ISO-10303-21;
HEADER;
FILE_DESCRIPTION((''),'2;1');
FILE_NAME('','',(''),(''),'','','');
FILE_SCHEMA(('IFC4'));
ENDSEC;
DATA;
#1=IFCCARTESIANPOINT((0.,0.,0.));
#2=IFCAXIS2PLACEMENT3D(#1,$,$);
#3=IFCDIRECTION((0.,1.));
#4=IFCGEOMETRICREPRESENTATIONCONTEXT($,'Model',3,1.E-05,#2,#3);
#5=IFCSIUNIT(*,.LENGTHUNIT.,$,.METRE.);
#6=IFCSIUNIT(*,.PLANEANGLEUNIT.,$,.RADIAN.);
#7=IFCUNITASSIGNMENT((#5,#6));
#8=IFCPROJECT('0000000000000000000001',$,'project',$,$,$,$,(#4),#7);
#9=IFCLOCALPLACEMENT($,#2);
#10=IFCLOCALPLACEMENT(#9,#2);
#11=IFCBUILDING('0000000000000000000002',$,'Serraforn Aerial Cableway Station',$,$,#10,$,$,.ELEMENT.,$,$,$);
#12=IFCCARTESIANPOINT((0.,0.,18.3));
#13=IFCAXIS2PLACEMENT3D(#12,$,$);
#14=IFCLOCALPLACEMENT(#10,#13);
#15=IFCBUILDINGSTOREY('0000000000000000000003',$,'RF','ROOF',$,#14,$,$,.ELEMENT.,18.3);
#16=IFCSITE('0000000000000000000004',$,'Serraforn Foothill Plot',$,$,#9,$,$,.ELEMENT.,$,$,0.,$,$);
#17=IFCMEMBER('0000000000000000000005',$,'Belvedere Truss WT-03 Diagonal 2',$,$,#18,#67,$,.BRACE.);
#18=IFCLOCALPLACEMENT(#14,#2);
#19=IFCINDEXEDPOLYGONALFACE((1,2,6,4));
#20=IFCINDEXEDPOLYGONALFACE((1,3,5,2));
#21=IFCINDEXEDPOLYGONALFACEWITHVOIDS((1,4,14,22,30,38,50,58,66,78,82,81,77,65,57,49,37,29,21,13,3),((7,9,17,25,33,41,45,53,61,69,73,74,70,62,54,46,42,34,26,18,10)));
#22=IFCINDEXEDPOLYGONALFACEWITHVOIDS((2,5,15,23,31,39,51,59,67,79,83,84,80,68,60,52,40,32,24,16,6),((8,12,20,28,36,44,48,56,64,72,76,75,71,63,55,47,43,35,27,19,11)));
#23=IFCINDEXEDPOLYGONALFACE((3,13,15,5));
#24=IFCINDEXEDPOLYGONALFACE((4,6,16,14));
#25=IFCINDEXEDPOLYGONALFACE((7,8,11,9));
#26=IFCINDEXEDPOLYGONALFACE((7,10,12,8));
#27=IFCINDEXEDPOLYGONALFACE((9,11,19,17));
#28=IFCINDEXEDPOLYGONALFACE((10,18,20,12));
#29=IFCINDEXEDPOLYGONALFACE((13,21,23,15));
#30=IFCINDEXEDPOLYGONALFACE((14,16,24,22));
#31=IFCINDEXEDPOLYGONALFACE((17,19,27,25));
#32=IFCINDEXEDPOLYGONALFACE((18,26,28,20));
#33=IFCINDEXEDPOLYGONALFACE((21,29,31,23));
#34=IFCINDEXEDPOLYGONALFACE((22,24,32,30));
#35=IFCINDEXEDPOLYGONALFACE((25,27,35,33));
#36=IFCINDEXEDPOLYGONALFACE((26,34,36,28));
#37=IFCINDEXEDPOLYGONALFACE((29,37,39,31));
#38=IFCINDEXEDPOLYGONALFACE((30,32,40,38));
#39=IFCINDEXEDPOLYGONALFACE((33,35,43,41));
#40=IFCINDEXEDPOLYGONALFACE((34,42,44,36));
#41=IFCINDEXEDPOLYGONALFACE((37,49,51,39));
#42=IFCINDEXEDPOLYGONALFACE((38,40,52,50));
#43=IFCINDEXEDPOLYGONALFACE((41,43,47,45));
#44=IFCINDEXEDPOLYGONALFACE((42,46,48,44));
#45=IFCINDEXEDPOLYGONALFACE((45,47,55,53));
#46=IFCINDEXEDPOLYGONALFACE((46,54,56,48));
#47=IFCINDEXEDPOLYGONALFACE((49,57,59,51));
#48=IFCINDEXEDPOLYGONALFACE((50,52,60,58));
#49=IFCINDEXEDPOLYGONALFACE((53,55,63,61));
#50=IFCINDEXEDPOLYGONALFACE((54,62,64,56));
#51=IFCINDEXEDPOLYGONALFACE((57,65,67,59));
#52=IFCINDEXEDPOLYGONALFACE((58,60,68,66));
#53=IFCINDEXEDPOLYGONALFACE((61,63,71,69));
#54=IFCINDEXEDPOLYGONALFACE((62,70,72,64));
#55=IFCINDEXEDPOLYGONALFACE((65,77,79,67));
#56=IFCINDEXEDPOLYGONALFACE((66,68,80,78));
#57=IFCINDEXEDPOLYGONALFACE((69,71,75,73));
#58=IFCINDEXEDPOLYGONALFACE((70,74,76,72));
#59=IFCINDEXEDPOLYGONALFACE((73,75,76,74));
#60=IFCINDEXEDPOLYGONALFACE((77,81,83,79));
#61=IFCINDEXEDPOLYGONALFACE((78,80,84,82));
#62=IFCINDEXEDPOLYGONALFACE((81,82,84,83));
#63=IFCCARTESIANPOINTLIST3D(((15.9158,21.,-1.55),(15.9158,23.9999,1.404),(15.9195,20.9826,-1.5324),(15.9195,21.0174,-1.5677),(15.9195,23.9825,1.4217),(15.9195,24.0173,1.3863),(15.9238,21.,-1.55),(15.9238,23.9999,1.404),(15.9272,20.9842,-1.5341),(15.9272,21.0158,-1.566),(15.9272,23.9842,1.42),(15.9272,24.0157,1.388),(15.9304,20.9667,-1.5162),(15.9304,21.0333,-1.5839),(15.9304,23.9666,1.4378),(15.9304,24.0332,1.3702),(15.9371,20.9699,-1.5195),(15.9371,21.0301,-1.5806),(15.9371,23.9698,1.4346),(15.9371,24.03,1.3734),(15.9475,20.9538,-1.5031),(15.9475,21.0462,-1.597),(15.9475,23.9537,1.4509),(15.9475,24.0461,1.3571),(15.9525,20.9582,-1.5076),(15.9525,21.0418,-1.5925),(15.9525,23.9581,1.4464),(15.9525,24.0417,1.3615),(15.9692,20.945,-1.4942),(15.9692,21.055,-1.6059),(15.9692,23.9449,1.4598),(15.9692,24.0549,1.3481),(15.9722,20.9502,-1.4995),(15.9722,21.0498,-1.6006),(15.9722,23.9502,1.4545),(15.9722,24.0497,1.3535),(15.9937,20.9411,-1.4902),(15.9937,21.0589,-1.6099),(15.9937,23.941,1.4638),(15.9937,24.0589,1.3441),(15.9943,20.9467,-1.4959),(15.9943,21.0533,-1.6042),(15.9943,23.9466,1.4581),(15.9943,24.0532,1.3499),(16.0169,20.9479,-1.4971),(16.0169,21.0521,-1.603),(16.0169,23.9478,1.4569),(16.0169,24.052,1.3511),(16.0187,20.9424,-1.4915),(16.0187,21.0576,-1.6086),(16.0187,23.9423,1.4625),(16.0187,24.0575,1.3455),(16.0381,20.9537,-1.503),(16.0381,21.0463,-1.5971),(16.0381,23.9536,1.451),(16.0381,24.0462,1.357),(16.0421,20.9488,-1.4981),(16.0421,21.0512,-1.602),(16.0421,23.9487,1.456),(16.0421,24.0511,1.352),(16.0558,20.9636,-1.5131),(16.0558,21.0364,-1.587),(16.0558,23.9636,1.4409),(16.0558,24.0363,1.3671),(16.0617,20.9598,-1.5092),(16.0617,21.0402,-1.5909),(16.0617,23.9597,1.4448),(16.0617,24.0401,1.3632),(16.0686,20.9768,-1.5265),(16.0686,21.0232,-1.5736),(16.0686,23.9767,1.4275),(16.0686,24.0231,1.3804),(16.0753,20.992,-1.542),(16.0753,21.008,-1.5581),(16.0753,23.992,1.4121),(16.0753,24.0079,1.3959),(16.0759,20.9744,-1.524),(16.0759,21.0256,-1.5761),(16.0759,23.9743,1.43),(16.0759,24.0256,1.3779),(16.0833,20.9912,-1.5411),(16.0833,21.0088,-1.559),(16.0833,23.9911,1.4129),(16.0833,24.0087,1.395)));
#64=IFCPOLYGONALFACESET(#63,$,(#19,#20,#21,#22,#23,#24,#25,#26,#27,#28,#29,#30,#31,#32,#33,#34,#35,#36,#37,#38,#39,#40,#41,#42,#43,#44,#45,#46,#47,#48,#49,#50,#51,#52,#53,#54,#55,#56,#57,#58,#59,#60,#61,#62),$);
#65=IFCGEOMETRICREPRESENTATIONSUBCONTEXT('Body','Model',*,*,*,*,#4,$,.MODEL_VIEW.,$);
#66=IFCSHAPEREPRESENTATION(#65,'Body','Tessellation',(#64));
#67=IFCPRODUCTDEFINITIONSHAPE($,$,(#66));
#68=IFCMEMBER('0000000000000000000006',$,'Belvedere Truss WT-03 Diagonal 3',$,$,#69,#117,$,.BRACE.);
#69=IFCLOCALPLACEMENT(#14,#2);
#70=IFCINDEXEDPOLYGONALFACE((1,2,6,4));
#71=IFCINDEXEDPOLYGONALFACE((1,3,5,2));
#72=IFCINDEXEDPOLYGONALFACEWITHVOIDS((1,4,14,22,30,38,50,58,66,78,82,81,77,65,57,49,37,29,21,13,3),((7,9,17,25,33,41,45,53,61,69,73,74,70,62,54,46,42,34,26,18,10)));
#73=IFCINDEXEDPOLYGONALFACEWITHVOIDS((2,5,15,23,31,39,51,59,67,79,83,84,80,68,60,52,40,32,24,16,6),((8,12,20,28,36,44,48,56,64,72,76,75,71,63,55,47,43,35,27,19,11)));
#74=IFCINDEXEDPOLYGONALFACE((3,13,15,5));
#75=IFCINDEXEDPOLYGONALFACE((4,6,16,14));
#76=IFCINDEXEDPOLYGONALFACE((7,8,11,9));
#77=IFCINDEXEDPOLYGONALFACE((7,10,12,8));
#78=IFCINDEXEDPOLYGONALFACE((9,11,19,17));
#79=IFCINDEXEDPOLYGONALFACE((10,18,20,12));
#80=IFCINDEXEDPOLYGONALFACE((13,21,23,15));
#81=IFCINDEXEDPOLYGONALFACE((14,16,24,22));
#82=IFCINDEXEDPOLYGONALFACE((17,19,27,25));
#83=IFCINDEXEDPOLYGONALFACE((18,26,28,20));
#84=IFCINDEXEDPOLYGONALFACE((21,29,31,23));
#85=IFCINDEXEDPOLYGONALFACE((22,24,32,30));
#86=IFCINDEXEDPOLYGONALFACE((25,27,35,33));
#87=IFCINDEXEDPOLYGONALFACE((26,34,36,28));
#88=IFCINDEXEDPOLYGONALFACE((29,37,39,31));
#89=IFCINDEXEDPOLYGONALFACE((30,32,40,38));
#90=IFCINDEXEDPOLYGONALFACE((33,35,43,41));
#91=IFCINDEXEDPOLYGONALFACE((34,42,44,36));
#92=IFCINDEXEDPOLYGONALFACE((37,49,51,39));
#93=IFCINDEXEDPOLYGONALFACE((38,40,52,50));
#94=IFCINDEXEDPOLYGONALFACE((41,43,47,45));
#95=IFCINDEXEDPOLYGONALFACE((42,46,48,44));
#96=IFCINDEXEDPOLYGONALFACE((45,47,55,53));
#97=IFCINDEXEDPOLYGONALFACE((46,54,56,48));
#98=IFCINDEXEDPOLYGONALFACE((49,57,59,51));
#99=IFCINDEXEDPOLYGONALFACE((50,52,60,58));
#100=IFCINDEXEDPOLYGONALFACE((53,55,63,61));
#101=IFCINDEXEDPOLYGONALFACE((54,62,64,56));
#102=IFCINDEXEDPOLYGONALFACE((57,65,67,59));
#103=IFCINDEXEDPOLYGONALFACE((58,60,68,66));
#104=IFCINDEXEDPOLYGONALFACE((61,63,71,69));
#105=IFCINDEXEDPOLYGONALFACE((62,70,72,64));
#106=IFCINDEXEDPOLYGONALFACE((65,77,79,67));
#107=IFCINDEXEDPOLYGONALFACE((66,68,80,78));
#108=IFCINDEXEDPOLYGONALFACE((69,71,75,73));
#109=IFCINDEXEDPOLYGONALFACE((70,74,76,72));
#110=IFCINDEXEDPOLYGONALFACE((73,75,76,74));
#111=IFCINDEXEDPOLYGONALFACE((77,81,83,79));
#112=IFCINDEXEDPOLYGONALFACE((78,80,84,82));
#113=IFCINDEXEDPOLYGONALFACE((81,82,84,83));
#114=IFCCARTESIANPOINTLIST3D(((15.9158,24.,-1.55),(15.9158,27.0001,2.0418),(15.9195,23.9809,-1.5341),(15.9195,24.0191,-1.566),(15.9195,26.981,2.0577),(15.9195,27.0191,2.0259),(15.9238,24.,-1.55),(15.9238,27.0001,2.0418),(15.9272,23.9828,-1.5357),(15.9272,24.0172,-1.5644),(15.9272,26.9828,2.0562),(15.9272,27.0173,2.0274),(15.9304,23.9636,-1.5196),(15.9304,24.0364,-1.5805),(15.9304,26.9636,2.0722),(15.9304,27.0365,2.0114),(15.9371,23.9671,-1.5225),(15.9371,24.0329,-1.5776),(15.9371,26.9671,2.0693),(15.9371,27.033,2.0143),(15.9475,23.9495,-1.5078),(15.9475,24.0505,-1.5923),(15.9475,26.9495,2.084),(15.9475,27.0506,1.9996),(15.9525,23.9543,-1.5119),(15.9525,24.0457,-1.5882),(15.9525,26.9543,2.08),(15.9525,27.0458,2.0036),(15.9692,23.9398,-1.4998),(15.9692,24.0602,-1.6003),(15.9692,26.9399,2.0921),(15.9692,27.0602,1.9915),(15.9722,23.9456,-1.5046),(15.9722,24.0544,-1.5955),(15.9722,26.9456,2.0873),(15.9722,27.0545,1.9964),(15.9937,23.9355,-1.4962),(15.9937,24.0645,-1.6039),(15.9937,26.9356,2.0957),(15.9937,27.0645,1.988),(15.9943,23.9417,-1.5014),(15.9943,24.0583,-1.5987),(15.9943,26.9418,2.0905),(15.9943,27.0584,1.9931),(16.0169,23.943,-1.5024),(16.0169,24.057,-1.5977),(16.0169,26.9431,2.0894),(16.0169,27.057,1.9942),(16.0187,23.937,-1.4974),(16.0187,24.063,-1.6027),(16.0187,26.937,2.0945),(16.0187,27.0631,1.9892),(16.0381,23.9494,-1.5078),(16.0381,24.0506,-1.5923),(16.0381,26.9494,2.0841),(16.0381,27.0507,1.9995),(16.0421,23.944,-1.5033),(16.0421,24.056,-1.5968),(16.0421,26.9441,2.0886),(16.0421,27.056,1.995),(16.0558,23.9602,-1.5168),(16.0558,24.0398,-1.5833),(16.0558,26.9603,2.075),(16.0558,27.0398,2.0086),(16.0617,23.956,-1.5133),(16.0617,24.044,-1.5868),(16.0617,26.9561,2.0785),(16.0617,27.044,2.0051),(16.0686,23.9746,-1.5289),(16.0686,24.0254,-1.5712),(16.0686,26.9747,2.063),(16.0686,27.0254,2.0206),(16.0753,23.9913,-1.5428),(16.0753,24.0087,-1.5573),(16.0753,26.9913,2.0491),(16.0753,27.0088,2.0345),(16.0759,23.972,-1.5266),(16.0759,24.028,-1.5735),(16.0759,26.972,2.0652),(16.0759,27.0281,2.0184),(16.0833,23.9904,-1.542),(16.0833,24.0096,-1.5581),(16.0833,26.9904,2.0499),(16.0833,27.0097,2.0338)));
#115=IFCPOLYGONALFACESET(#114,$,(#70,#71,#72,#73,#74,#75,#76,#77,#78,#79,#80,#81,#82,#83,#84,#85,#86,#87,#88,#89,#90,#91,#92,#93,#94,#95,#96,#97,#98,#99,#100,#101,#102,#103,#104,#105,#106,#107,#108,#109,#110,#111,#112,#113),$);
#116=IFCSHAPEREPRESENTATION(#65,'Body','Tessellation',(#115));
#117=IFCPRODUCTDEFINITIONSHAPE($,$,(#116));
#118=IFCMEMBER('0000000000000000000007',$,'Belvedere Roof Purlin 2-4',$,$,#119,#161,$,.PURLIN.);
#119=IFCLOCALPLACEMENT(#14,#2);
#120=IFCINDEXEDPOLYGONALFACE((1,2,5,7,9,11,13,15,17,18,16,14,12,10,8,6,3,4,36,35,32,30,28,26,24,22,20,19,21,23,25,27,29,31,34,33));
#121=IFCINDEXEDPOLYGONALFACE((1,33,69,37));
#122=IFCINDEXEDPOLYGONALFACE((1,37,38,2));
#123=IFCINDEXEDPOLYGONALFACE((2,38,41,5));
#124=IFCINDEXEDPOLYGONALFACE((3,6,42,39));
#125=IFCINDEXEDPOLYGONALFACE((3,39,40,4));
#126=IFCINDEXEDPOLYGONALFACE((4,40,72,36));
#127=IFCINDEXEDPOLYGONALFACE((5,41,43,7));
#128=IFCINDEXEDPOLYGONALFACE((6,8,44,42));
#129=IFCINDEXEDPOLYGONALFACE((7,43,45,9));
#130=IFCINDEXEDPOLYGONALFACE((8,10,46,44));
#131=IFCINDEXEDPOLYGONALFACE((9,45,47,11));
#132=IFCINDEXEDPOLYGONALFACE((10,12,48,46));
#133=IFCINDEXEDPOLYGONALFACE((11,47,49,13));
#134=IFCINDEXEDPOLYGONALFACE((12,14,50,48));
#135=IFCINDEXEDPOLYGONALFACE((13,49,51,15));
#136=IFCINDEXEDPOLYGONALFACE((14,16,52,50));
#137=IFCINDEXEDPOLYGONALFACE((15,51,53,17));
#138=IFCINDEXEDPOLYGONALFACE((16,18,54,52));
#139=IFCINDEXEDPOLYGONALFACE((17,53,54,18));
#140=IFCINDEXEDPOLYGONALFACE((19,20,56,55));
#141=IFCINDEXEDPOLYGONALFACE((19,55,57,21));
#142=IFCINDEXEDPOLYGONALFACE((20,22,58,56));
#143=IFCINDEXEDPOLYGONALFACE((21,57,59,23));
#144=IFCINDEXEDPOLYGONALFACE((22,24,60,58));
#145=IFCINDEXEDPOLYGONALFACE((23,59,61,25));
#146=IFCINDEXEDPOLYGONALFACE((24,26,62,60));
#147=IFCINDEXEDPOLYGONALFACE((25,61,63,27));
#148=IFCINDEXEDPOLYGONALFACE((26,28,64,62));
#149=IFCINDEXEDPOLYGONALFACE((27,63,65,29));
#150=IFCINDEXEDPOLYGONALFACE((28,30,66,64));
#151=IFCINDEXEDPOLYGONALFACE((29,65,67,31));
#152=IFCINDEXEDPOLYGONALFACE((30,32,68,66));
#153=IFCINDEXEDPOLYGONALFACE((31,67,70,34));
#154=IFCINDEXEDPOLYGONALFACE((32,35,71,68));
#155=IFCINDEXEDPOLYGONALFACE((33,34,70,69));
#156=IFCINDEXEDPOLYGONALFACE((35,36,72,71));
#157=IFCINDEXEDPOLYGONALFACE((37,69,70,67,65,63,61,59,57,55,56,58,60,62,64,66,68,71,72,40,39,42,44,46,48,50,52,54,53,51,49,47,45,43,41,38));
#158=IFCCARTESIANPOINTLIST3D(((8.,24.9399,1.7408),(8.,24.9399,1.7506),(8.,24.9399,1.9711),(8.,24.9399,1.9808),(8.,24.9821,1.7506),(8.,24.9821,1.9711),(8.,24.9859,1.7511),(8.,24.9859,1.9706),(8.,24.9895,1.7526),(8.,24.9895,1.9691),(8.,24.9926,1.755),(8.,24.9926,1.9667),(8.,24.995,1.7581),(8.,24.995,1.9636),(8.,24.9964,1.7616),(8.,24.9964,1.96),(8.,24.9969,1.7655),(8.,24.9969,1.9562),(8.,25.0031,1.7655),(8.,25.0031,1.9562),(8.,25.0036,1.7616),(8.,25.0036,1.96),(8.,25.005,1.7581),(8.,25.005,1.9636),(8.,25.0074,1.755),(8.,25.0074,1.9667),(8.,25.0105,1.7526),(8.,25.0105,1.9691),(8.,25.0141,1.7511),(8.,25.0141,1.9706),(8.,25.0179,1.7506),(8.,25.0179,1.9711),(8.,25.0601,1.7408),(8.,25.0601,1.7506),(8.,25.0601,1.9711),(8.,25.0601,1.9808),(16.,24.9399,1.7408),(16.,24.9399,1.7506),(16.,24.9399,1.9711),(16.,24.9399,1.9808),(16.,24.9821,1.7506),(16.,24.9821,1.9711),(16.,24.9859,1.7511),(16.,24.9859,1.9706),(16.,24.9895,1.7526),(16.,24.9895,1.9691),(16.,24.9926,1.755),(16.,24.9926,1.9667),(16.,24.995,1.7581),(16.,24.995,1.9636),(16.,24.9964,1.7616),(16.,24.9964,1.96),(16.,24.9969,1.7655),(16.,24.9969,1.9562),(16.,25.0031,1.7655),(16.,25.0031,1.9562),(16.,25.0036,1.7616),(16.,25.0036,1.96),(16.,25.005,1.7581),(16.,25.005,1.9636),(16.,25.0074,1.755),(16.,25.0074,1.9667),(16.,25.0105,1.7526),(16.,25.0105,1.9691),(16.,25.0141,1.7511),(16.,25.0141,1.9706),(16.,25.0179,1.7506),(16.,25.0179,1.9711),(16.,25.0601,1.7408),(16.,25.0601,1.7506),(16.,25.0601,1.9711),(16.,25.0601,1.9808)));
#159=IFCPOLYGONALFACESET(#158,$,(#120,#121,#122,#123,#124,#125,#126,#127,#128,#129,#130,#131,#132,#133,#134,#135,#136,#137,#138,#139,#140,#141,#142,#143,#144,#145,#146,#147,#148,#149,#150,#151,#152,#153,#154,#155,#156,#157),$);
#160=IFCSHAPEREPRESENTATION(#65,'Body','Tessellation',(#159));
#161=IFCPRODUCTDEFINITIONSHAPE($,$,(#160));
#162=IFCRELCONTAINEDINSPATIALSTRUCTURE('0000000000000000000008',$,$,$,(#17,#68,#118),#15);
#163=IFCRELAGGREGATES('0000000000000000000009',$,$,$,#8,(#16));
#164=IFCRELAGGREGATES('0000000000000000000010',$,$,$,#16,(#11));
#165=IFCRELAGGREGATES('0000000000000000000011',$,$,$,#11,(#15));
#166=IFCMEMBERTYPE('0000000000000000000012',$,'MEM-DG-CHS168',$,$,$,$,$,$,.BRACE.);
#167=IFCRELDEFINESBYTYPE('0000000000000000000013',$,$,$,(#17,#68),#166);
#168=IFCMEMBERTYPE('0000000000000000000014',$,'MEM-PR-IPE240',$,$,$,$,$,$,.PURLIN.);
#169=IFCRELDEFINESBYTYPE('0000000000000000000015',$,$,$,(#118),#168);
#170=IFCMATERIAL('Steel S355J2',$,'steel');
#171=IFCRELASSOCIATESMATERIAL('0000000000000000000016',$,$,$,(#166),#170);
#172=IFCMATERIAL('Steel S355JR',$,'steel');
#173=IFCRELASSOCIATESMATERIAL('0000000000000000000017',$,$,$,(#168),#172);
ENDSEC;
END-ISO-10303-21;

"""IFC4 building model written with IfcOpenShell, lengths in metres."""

from ifc_helpers import new_model, si_unit, direction, frame, origin, origin_2d, place, context, subcontext, project, spatial, hollow_circle, i_section, extrude, material, material_profile, profile_set, type_object, element, save


model = new_model("IFC4")

# Units and contexts
model_context = context("Model", 3, precision=1e-05, world=origin(), true_north=direction((0.0, 1.0)))
body_context = subcontext(model_context, "Body", "Model", "MODEL_VIEW")
ifc_project = project(units=[si_unit("LENGTHUNIT", "METRE"), si_unit("PLANEANGLEUNIT", "RADIAN")], contexts=[model_context])

# Site, building, storey
site_placement = place(None, origin())
site = spatial("IfcSite", under=ifc_project, at=site_placement, Name="Serraforn Foothill Plot", CompositionType="ELEMENT", RefElevation=0.0)
building_placement = place(site_placement, origin())
building = spatial("IfcBuilding", under=site, at=building_placement, Name="Serraforn Aerial Cableway Station", CompositionType="ELEMENT")
storey_placement = place(building_placement, frame((0.0, 0.0, 18.3)))
storey = spatial("IfcBuildingStorey", under=building, at=storey_placement, Name="RF", Description="ROOF", CompositionType="ELEMENT", Elevation=18.3)

# Shared definitions
ifc_material_1 = material(Name="Steel S355JR", Category="steel")

# Members
ifc_material_2 = material(Name="Steel S355J2", Category="steel")
ifc_material_profile_1 = material_profile(ifc_material_2, hollow_circle(Radius=0.0842, WallThickness=0.0081, at=origin_2d()), Name="CHS 168.3x8.0")
ifc_profile_set_1 = profile_set([ifc_material_profile_1], Name="Steel S355J2")
member_type_1 = type_object("IfcMemberType", Name="MEM-DG-CHS168", PredefinedType="BRACE", material=ifc_profile_set_1)
member_1_placement = place(storey_placement, frame((16.0, 21.0, -1.55), z_axis=(0.0, 0.712536, 0.701635), x_axis=(-1.0, 0.0, 0.0)))
element("IfcMember", 1, at=member_1_placement, inside=storey, type_object=member_type_1, Name="Belvedere Truss WT-03 Diagonal 2", PredefinedType="BRACE", context=body_context, shape_type="SweptSolid", body=[
    extrude(hollow_circle(Radius=0.0842, WallThickness=0.0081, at=origin_2d()), origin(), (0.0, 0.0, 1.0), 4.2102),
])
member_2_placement = place(storey_placement, frame((16.0, 24.0, -1.55), z_axis=(0.0, 0.641046, 0.767502), x_axis=(-1.0, 0.0, 0.0)))
element("IfcMember", 2, at=member_2_placement, inside=storey, type_object=member_type_1, Name="Belvedere Truss WT-03 Diagonal 3", PredefinedType="BRACE", context=body_context, shape_type="SweptSolid", body=[
    extrude(hollow_circle(Radius=0.0842, WallThickness=0.0081, at=origin_2d()), origin(), (0.0, 0.0, 1.0), 4.6799),
])
ifc_material_profile_2 = material_profile(ifc_material_1, i_section(OverallWidth=0.1201, OverallDepth=0.24, WebThickness=0.0061, FlangeThickness=0.0098, FilletRadius=0.0149, at=origin_2d()), Name="IPE 240")
ifc_profile_set_2 = profile_set([ifc_material_profile_2], Name="Steel S355JR")
member_type_2 = type_object("IfcMemberType", Name="MEM-PR-IPE240", PredefinedType="PURLIN", material=ifc_profile_set_2)
for number, where, z_axis, x_axis, name in (
    (3, (8.0, 25.0, 1.8608), (1.0, 0.0, 0.0), (0.0, 1.0, 0.0), "Belvedere Roof Purlin 2-4"),
):
    element("IfcMember", number, at=place(storey_placement, frame(where, z_axis=z_axis, x_axis=x_axis)), inside=storey, type_object=member_type_2, Name=name, PredefinedType="PURLIN", context=body_context, shape_type="SweptSolid", body=[
        extrude(i_section(OverallWidth=0.1201, OverallDepth=0.24, WebThickness=0.0061, FlangeThickness=0.0098, FilletRadius=0.0149, at=origin_2d()), origin(), (0.0, 0.0, 1.0), 8.0),
    ])

save(model, "model.ifc")
